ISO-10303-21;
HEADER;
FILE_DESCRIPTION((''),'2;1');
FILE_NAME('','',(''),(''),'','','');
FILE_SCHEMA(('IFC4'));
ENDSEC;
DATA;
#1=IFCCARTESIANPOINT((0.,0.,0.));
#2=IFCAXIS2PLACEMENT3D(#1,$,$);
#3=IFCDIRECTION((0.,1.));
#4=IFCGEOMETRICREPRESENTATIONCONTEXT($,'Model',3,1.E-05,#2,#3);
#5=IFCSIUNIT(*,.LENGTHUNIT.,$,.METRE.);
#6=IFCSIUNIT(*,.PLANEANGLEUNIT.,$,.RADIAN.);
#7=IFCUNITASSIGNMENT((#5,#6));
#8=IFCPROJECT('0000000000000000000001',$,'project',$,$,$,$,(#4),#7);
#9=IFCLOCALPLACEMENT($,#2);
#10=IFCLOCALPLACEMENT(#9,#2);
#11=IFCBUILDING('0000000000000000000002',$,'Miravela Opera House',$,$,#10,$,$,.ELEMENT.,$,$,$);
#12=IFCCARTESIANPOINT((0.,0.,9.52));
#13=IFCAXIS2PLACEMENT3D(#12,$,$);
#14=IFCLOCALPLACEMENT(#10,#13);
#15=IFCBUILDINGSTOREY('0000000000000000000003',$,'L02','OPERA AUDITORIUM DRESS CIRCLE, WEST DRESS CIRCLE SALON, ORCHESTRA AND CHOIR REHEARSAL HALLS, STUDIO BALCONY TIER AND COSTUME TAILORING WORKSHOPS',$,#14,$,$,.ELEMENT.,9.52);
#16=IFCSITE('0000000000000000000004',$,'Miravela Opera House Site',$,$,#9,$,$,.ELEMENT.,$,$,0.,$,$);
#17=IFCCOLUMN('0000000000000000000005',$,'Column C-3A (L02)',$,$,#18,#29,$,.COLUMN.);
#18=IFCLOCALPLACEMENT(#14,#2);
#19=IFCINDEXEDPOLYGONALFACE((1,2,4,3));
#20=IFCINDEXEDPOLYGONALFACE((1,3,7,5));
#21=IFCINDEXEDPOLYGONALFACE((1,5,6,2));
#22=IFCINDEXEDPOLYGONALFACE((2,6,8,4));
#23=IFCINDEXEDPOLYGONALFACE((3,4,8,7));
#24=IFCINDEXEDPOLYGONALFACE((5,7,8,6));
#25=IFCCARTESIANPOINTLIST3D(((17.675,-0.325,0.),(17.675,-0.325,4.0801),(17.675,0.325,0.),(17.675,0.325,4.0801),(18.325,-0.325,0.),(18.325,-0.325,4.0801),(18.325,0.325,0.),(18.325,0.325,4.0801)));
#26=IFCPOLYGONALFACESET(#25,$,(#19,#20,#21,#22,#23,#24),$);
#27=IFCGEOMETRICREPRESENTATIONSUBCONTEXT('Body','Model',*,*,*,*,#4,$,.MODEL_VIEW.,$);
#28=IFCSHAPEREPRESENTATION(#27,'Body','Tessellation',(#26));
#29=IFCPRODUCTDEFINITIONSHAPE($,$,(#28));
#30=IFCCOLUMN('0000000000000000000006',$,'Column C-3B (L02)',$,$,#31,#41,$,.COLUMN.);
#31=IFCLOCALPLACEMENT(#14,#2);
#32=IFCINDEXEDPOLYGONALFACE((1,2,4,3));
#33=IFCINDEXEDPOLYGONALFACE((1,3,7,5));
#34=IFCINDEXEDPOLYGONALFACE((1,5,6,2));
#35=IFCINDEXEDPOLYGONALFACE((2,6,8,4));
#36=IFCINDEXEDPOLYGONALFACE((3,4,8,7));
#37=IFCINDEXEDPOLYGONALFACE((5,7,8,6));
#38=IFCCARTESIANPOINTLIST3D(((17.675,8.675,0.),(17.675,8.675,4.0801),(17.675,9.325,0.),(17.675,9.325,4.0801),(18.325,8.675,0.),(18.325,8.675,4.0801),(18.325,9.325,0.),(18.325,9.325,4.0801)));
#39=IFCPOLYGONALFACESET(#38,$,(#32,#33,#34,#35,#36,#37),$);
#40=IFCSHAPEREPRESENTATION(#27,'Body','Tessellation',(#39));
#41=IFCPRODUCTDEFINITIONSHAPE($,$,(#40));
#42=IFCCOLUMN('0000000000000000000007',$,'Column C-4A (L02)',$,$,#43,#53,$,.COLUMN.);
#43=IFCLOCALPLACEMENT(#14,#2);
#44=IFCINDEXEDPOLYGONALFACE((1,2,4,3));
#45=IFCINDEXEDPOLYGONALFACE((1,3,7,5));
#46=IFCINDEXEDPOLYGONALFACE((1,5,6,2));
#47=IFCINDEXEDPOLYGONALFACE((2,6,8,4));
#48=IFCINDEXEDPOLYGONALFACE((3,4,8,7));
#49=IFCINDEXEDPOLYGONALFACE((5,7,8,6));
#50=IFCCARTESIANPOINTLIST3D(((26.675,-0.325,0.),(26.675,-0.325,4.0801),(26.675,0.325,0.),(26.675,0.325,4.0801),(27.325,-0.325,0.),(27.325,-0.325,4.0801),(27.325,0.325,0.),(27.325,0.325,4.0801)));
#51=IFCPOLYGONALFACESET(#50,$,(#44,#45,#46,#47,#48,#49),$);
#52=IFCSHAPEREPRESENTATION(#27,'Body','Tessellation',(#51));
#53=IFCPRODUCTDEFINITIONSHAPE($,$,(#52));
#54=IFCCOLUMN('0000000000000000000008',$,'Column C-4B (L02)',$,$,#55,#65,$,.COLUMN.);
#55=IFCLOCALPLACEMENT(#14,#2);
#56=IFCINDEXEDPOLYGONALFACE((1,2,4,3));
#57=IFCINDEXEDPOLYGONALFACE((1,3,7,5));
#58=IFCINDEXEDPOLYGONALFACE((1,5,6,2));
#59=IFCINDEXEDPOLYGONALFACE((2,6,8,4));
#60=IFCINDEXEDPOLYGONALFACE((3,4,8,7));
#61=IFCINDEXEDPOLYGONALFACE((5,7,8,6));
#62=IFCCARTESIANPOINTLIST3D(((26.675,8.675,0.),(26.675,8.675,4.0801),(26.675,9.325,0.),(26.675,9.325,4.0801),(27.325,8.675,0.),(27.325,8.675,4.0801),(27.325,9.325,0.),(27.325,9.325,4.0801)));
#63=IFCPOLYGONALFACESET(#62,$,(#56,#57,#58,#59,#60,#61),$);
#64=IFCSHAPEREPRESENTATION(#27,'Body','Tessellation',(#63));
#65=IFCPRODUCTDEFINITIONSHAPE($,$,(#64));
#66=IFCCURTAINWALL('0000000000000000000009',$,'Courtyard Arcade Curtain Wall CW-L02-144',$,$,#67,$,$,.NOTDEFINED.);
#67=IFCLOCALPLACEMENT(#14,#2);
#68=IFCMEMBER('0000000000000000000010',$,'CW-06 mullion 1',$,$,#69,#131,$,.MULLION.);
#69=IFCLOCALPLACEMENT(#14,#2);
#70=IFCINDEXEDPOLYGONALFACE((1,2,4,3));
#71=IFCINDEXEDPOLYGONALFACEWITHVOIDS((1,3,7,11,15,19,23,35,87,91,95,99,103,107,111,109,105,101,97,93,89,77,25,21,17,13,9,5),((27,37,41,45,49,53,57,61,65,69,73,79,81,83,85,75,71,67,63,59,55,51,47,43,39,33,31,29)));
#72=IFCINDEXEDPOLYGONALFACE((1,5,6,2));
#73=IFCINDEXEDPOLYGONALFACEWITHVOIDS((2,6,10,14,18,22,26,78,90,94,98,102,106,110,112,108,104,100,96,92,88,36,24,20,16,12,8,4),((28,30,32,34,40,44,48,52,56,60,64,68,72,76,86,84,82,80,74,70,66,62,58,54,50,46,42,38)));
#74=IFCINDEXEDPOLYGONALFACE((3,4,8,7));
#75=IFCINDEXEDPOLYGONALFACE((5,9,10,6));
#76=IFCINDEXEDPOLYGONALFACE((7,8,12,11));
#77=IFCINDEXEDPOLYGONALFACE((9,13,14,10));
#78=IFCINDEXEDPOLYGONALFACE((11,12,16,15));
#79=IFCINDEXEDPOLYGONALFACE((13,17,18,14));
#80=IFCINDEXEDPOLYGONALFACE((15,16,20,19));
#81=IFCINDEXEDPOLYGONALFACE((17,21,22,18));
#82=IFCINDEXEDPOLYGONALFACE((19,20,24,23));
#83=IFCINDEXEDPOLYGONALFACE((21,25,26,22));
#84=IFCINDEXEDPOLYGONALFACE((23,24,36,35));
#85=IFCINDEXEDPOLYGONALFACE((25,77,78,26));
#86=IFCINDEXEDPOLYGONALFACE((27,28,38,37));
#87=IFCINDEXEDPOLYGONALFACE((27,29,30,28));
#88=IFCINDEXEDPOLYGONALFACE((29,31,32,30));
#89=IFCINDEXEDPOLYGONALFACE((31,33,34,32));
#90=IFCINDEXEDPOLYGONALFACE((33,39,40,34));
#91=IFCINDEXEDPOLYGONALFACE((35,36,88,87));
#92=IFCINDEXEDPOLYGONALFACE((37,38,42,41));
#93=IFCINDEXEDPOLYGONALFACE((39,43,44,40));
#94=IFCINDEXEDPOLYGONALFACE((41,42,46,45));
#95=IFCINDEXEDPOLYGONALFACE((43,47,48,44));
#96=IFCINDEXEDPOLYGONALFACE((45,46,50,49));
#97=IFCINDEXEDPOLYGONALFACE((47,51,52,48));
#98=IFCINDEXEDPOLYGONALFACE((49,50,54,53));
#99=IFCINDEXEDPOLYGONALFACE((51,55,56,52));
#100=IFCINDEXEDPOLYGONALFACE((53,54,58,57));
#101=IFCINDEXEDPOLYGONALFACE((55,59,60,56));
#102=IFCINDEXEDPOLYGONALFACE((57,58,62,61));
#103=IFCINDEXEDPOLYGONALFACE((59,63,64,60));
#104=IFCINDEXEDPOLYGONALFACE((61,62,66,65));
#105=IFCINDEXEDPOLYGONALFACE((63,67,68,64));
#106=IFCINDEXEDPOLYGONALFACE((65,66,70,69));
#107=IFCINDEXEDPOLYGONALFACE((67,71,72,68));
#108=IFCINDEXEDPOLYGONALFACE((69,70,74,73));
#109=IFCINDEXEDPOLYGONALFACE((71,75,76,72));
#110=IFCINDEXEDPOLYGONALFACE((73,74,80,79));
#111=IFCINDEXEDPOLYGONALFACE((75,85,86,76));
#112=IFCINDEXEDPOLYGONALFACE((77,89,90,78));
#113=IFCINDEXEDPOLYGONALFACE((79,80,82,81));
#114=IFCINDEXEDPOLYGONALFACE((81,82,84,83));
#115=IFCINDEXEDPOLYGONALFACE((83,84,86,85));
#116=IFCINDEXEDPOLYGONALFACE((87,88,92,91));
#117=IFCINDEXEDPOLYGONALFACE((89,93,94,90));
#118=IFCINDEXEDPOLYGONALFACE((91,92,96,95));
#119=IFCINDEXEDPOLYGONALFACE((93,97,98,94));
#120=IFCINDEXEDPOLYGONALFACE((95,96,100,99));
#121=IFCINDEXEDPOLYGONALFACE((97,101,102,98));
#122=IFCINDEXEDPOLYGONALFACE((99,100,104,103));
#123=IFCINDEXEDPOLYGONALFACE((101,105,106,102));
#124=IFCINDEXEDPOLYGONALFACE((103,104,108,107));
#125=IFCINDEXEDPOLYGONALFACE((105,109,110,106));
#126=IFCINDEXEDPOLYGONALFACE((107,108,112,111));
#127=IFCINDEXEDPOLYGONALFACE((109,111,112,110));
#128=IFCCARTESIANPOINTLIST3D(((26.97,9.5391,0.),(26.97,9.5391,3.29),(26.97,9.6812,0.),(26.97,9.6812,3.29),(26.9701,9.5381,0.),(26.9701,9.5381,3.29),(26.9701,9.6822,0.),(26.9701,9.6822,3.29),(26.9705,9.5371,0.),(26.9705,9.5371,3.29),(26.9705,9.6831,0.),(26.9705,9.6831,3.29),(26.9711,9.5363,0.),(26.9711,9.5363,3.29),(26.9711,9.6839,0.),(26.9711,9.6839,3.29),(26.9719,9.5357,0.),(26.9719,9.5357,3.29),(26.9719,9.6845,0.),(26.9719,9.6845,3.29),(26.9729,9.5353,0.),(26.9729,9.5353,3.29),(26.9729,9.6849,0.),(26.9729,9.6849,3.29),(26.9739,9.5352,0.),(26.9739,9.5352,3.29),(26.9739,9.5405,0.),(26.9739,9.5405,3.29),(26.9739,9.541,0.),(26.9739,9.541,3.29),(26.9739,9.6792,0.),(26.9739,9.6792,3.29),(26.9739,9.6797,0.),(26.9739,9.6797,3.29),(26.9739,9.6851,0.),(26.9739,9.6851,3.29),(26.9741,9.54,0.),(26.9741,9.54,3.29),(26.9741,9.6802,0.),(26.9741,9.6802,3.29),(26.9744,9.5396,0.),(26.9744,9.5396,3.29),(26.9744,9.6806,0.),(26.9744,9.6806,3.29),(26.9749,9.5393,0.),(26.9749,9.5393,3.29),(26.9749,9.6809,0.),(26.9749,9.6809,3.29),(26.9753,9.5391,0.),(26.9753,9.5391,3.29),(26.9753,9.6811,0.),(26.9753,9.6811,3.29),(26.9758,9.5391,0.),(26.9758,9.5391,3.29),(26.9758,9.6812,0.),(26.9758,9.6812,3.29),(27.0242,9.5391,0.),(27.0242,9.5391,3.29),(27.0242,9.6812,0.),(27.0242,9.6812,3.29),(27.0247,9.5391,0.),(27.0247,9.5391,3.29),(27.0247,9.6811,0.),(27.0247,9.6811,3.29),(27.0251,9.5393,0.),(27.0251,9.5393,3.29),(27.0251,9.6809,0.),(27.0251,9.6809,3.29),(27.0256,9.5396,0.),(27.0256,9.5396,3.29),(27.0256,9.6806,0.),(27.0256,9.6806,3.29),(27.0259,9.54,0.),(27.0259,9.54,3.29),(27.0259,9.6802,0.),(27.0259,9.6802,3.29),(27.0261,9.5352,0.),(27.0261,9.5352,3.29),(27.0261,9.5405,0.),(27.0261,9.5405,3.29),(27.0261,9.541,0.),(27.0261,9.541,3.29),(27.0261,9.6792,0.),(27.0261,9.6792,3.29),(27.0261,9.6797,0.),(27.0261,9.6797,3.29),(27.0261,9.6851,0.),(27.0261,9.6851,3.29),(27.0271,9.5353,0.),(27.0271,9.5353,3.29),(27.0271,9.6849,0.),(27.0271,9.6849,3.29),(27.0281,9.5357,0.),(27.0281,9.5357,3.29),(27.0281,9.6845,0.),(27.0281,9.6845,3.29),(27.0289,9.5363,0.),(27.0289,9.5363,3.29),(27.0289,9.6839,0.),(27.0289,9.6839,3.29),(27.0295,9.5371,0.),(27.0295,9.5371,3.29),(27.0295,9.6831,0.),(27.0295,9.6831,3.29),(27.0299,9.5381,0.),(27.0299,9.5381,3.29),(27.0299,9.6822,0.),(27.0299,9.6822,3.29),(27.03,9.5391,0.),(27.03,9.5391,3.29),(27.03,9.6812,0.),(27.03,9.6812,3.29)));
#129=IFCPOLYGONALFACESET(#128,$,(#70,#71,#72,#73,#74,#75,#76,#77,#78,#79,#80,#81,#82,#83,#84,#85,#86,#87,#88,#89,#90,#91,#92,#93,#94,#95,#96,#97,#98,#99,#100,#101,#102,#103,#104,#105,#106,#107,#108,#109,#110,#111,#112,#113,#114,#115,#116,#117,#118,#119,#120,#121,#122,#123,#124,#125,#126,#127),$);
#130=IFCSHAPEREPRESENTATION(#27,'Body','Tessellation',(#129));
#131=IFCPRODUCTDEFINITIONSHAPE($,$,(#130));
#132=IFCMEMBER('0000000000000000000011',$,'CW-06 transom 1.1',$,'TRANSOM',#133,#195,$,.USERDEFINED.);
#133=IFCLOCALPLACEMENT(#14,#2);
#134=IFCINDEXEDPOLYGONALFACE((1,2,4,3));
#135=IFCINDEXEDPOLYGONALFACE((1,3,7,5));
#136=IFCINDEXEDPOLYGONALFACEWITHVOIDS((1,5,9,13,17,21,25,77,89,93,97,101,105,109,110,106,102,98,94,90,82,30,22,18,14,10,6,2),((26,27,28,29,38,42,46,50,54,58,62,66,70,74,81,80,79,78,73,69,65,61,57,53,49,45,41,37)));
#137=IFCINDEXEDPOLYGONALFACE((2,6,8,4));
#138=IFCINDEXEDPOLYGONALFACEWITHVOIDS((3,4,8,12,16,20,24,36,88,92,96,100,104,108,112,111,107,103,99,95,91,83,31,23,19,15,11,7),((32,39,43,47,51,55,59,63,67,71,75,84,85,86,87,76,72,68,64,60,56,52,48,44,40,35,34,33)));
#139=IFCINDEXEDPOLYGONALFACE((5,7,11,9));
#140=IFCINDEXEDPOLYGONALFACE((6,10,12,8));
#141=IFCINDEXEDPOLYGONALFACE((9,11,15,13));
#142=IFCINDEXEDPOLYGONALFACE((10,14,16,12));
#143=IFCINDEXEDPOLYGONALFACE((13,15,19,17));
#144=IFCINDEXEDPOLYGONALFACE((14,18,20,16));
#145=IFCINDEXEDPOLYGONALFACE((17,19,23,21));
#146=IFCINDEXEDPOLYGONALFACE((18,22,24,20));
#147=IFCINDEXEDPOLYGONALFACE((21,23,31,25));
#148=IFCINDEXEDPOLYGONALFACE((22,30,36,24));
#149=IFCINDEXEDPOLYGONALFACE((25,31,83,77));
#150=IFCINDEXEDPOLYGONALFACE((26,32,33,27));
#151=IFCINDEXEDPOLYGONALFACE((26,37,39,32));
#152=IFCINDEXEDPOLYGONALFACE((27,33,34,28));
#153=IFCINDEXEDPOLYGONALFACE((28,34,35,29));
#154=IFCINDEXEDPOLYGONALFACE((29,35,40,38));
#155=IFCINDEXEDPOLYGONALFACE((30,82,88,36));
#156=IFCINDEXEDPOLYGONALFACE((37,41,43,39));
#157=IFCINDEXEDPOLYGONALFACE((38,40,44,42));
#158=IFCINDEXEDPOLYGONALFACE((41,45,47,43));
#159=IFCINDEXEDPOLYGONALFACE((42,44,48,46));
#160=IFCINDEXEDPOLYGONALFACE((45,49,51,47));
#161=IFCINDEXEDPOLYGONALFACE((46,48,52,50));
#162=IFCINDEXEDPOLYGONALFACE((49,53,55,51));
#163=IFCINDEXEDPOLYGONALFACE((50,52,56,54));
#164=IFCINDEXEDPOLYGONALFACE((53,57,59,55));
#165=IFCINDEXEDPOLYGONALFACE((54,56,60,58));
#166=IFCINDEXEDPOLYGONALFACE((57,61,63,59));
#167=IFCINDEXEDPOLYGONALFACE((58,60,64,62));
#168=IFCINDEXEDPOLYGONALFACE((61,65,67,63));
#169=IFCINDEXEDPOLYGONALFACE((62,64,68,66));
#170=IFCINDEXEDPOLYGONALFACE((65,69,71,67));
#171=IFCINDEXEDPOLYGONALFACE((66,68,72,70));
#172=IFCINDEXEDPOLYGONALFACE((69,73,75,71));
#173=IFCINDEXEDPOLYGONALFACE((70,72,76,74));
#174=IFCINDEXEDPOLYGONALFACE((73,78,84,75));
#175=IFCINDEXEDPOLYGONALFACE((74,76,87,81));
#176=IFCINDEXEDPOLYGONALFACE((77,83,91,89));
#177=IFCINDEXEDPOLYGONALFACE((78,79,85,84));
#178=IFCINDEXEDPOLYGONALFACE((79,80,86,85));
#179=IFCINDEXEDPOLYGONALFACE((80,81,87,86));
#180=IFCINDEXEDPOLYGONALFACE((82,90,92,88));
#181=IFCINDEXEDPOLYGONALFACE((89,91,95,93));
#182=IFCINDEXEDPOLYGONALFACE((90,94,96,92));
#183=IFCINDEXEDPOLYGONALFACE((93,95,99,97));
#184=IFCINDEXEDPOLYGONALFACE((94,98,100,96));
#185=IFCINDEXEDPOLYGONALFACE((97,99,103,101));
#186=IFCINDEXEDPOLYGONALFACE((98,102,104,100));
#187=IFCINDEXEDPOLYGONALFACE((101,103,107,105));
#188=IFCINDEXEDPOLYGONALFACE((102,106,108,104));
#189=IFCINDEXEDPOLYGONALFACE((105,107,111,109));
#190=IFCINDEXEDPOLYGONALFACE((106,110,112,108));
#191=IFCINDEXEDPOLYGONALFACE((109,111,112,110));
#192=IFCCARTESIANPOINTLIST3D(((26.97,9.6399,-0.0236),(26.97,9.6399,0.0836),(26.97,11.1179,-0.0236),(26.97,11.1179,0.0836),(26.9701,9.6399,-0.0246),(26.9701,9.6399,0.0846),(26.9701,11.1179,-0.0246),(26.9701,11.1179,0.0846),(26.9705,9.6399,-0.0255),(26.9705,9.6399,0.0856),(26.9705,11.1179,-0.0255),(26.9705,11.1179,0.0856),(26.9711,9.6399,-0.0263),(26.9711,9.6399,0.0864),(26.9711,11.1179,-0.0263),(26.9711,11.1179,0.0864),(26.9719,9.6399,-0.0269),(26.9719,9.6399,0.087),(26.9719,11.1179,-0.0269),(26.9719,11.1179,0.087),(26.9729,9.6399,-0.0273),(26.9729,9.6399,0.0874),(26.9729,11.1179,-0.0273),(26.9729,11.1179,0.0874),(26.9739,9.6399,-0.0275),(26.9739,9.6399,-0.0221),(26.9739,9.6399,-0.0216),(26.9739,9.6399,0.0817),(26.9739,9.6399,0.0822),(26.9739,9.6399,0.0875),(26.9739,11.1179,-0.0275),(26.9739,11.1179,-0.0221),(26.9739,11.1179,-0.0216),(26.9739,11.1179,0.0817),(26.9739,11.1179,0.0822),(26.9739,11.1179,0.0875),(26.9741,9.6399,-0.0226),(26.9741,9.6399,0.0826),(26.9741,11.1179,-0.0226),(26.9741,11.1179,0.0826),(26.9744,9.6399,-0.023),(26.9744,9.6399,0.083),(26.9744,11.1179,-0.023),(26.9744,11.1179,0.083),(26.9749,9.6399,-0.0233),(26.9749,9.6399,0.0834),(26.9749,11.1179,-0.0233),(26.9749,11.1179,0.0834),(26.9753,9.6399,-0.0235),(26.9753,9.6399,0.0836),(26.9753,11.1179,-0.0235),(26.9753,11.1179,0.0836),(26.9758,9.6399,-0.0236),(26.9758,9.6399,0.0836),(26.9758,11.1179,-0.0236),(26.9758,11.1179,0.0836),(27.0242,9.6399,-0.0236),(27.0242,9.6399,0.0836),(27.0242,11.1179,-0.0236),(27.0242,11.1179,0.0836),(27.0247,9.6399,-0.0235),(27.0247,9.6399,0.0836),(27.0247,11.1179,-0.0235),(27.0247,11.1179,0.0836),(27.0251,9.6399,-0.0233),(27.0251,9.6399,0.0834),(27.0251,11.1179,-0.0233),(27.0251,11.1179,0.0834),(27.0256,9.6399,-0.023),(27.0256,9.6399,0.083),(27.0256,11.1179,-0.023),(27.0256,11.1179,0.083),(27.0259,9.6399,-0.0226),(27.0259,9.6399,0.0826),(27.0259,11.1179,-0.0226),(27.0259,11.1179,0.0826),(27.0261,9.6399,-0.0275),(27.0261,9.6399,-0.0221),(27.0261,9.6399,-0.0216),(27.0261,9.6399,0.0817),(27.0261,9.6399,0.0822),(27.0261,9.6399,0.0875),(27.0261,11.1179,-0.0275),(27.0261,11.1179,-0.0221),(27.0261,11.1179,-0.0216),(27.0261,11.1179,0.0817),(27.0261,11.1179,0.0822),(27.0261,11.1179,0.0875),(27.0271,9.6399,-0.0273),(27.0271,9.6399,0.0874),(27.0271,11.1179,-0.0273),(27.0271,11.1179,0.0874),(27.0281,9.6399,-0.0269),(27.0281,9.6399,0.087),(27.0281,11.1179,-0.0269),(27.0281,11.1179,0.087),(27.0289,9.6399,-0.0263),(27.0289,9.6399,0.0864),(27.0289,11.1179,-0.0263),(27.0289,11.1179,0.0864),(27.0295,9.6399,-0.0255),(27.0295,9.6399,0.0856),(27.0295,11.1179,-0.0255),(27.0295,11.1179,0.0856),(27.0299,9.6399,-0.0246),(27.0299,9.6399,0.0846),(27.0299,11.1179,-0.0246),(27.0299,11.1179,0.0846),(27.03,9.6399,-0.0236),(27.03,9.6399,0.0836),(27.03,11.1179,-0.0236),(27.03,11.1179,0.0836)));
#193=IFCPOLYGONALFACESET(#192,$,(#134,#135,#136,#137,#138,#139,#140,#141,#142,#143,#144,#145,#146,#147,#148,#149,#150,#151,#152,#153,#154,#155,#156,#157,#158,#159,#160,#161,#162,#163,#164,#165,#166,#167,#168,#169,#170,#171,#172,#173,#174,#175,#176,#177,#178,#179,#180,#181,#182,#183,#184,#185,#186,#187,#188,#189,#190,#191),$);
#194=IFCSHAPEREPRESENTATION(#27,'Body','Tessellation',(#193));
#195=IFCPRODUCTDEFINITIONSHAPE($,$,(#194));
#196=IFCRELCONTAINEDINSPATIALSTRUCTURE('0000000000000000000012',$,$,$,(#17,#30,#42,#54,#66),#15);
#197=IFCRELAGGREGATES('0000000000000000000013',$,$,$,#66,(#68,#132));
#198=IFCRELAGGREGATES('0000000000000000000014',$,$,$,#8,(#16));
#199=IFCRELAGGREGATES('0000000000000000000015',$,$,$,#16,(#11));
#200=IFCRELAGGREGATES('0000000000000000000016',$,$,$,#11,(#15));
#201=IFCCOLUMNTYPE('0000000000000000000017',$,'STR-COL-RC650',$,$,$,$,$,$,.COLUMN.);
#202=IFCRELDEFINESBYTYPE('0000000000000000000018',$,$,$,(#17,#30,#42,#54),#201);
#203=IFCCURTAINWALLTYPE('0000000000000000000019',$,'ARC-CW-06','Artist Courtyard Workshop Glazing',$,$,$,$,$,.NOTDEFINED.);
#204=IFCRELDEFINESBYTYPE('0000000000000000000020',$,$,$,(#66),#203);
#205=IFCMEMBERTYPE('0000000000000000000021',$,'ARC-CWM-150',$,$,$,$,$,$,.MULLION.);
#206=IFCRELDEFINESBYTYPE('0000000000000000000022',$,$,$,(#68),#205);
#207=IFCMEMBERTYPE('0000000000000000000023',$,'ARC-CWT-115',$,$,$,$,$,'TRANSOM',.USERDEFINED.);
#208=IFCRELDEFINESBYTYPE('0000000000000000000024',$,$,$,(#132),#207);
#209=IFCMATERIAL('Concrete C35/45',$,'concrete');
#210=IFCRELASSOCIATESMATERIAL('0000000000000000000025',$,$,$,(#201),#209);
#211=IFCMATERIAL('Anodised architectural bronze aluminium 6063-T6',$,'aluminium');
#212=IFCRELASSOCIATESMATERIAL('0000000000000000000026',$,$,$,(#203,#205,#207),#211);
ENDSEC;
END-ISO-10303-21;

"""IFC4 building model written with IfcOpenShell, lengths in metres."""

from ifc_helpers import new_model, si_unit, direction, frame, origin, origin_2d, place, context, subcontext, project, spatial, rectangle, hollow_rectangle, extrude, material, material_profile, profile_set, type_object, element, aggregate, save


model = new_model("IFC4")

# Units and contexts
model_context = context("Model", 3, precision=1e-05, world=origin(), true_north=direction((0.0, 1.0)))
body_context = subcontext(model_context, "Body", "Model", "MODEL_VIEW")
ifc_project = project(units=[si_unit("LENGTHUNIT", "METRE"), si_unit("PLANEANGLEUNIT", "RADIAN")], contexts=[model_context])

# Site, building, storey
site_placement = place(None, origin())
site = spatial("IfcSite", under=ifc_project, at=site_placement, Name="Miravela Opera House Site", CompositionType="ELEMENT", RefElevation=0.0)
building_placement = place(site_placement, origin())
building = spatial("IfcBuilding", under=site, at=building_placement, Name="Miravela Opera House", CompositionType="ELEMENT")
storey_placement = place(building_placement, frame((0.0, 0.0, 9.52)))
storey = spatial("IfcBuildingStorey", under=building, at=storey_placement, Name="L02", Description="OPERA AUDITORIUM DRESS CIRCLE, WEST DRESS CIRCLE SALON, ORCHESTRA AND CHOIR REHEARSAL HALLS, STUDIO BALCONY TIER AND COSTUME TAILORING WORKSHOPS", CompositionType="ELEMENT", Elevation=9.52)

# Columns
ifc_material_1 = material(Name="Concrete C35/45", Category="concrete")
ifc_material_profile_1 = material_profile(ifc_material_1, rectangle(XDim=0.6499, YDim=0.6499, at=origin_2d()), Name="RC-COL-650X650")
ifc_profile_set_1 = profile_set([ifc_material_profile_1])
column_type = type_object("IfcColumnType", Name="STR-COL-RC650", PredefinedType="COLUMN", material=ifc_profile_set_1)
for number, where, z_axis, x_axis, name in (
    (1, (18.0, 0.0, 0.0), (0.0, 0.0, 1.0), (1.0, 0.0, 0.0), "Column C-3A (L02)"),
    (2, (18.0, 9.0, 0.0), (0.0, 0.0, 1.0), (1.0, 0.0, 0.0), "Column C-3B (L02)"),
    (3, (27.0, 0.0, 0.0), (0.0, 0.0, 1.0), (1.0, 0.0, 0.0), "Column C-4A (L02)"),
    (4, (27.0, 9.0, 0.0), (0.0, 0.0, 1.0), (1.0, 0.0, 0.0), "Column C-4B (L02)"),
):
    element("IfcColumn", number, at=place(storey_placement, frame(where, z_axis=z_axis, x_axis=x_axis)), inside=storey, type_object=column_type, Name=name, PredefinedType="COLUMN", context=body_context, shape_type="SweptSolid", body=[
        extrude(rectangle(XDim=0.6499, YDim=0.6499, at=origin_2d()), origin(), (0.0, 0.0, 1.0), 4.0801),
    ])

# Curtain wall, members
ifc_material_2 = material(Name="Anodised architectural bronze aluminium 6063-T6", Category="aluminium")
curtain_wall_type = type_object("IfcCurtainWallType", Name="ARC-CW-06", Description="Artist Courtyard Workshop Glazing", PredefinedType="NOTDEFINED", material=ifc_material_2)
curtain_wall_placement = place(storey_placement, origin())
curtain_wall = element("IfcCurtainWall", 5, at=curtain_wall_placement, inside=storey, type_object=curtain_wall_type, Name="Courtyard Arcade Curtain Wall CW-L02-144", PredefinedType="NOTDEFINED")
ifc_material_profile_2 = material_profile(ifc_material_2, hollow_rectangle(XDim=0.0601, YDim=0.1499, WallThickness=0.0039, InnerFilletRadius=0.002, OuterFilletRadius=0.0039, at=origin_2d()), Name="CWM-60X150")
ifc_profile_set_2 = profile_set([ifc_material_profile_2])
member_type_1 = type_object("IfcMemberType", Name="ARC-CWM-150", PredefinedType="MULLION", material=ifc_profile_set_2)
member_1_placement = place(storey_placement, frame((27.0, 9.6101, 0.0), z_axis=(0.0, 0.0, 1.0), x_axis=(-1.0, 0.0, 0.0)))
member_1 = element("IfcMember", 6, at=member_1_placement, type_object=member_type_1, Name="CW-06 mullion 1", PredefinedType="MULLION", context=body_context, shape_type="SweptSolid", body=[
    extrude(hollow_rectangle(XDim=0.0601, YDim=0.1499, WallThickness=0.0039, InnerFilletRadius=0.002, OuterFilletRadius=0.0039, at=origin_2d()), origin(), (0.0, 0.0, 1.0), 3.29),
])
ifc_material_profile_3 = material_profile(ifc_material_2, hollow_rectangle(XDim=0.0601, YDim=0.115, WallThickness=0.0039, InnerFilletRadius=0.002, OuterFilletRadius=0.0039, at=origin_2d()), Name="CWT-60X115")
ifc_profile_set_3 = profile_set([ifc_material_profile_3])
member_type_2 = type_object("IfcMemberType", Name="ARC-CWT-115", ElementType="TRANSOM", PredefinedType="USERDEFINED", material=ifc_profile_set_3)
member_2_placement = place(storey_placement, frame((27.0, 9.6399, 0.03), z_axis=(0.0, 1.0, 0.0), x_axis=(-1.0, 0.0, 0.0)))
member_2 = element("IfcMember", 7, at=member_2_placement, type_object=member_type_2, Name="CW-06 transom 1.1", ObjectType="TRANSOM", PredefinedType="USERDEFINED", context=body_context, shape_type="SweptSolid", body=[
    extrude(hollow_rectangle(XDim=0.0601, YDim=0.115, WallThickness=0.0039, InnerFilletRadius=0.002, OuterFilletRadius=0.0039, at=origin_2d()), origin(), (0.0, 0.0, 1.0), 1.478),
])

aggregate(curtain_wall, [member_1, member_2])

save(model, "model.ifc")
